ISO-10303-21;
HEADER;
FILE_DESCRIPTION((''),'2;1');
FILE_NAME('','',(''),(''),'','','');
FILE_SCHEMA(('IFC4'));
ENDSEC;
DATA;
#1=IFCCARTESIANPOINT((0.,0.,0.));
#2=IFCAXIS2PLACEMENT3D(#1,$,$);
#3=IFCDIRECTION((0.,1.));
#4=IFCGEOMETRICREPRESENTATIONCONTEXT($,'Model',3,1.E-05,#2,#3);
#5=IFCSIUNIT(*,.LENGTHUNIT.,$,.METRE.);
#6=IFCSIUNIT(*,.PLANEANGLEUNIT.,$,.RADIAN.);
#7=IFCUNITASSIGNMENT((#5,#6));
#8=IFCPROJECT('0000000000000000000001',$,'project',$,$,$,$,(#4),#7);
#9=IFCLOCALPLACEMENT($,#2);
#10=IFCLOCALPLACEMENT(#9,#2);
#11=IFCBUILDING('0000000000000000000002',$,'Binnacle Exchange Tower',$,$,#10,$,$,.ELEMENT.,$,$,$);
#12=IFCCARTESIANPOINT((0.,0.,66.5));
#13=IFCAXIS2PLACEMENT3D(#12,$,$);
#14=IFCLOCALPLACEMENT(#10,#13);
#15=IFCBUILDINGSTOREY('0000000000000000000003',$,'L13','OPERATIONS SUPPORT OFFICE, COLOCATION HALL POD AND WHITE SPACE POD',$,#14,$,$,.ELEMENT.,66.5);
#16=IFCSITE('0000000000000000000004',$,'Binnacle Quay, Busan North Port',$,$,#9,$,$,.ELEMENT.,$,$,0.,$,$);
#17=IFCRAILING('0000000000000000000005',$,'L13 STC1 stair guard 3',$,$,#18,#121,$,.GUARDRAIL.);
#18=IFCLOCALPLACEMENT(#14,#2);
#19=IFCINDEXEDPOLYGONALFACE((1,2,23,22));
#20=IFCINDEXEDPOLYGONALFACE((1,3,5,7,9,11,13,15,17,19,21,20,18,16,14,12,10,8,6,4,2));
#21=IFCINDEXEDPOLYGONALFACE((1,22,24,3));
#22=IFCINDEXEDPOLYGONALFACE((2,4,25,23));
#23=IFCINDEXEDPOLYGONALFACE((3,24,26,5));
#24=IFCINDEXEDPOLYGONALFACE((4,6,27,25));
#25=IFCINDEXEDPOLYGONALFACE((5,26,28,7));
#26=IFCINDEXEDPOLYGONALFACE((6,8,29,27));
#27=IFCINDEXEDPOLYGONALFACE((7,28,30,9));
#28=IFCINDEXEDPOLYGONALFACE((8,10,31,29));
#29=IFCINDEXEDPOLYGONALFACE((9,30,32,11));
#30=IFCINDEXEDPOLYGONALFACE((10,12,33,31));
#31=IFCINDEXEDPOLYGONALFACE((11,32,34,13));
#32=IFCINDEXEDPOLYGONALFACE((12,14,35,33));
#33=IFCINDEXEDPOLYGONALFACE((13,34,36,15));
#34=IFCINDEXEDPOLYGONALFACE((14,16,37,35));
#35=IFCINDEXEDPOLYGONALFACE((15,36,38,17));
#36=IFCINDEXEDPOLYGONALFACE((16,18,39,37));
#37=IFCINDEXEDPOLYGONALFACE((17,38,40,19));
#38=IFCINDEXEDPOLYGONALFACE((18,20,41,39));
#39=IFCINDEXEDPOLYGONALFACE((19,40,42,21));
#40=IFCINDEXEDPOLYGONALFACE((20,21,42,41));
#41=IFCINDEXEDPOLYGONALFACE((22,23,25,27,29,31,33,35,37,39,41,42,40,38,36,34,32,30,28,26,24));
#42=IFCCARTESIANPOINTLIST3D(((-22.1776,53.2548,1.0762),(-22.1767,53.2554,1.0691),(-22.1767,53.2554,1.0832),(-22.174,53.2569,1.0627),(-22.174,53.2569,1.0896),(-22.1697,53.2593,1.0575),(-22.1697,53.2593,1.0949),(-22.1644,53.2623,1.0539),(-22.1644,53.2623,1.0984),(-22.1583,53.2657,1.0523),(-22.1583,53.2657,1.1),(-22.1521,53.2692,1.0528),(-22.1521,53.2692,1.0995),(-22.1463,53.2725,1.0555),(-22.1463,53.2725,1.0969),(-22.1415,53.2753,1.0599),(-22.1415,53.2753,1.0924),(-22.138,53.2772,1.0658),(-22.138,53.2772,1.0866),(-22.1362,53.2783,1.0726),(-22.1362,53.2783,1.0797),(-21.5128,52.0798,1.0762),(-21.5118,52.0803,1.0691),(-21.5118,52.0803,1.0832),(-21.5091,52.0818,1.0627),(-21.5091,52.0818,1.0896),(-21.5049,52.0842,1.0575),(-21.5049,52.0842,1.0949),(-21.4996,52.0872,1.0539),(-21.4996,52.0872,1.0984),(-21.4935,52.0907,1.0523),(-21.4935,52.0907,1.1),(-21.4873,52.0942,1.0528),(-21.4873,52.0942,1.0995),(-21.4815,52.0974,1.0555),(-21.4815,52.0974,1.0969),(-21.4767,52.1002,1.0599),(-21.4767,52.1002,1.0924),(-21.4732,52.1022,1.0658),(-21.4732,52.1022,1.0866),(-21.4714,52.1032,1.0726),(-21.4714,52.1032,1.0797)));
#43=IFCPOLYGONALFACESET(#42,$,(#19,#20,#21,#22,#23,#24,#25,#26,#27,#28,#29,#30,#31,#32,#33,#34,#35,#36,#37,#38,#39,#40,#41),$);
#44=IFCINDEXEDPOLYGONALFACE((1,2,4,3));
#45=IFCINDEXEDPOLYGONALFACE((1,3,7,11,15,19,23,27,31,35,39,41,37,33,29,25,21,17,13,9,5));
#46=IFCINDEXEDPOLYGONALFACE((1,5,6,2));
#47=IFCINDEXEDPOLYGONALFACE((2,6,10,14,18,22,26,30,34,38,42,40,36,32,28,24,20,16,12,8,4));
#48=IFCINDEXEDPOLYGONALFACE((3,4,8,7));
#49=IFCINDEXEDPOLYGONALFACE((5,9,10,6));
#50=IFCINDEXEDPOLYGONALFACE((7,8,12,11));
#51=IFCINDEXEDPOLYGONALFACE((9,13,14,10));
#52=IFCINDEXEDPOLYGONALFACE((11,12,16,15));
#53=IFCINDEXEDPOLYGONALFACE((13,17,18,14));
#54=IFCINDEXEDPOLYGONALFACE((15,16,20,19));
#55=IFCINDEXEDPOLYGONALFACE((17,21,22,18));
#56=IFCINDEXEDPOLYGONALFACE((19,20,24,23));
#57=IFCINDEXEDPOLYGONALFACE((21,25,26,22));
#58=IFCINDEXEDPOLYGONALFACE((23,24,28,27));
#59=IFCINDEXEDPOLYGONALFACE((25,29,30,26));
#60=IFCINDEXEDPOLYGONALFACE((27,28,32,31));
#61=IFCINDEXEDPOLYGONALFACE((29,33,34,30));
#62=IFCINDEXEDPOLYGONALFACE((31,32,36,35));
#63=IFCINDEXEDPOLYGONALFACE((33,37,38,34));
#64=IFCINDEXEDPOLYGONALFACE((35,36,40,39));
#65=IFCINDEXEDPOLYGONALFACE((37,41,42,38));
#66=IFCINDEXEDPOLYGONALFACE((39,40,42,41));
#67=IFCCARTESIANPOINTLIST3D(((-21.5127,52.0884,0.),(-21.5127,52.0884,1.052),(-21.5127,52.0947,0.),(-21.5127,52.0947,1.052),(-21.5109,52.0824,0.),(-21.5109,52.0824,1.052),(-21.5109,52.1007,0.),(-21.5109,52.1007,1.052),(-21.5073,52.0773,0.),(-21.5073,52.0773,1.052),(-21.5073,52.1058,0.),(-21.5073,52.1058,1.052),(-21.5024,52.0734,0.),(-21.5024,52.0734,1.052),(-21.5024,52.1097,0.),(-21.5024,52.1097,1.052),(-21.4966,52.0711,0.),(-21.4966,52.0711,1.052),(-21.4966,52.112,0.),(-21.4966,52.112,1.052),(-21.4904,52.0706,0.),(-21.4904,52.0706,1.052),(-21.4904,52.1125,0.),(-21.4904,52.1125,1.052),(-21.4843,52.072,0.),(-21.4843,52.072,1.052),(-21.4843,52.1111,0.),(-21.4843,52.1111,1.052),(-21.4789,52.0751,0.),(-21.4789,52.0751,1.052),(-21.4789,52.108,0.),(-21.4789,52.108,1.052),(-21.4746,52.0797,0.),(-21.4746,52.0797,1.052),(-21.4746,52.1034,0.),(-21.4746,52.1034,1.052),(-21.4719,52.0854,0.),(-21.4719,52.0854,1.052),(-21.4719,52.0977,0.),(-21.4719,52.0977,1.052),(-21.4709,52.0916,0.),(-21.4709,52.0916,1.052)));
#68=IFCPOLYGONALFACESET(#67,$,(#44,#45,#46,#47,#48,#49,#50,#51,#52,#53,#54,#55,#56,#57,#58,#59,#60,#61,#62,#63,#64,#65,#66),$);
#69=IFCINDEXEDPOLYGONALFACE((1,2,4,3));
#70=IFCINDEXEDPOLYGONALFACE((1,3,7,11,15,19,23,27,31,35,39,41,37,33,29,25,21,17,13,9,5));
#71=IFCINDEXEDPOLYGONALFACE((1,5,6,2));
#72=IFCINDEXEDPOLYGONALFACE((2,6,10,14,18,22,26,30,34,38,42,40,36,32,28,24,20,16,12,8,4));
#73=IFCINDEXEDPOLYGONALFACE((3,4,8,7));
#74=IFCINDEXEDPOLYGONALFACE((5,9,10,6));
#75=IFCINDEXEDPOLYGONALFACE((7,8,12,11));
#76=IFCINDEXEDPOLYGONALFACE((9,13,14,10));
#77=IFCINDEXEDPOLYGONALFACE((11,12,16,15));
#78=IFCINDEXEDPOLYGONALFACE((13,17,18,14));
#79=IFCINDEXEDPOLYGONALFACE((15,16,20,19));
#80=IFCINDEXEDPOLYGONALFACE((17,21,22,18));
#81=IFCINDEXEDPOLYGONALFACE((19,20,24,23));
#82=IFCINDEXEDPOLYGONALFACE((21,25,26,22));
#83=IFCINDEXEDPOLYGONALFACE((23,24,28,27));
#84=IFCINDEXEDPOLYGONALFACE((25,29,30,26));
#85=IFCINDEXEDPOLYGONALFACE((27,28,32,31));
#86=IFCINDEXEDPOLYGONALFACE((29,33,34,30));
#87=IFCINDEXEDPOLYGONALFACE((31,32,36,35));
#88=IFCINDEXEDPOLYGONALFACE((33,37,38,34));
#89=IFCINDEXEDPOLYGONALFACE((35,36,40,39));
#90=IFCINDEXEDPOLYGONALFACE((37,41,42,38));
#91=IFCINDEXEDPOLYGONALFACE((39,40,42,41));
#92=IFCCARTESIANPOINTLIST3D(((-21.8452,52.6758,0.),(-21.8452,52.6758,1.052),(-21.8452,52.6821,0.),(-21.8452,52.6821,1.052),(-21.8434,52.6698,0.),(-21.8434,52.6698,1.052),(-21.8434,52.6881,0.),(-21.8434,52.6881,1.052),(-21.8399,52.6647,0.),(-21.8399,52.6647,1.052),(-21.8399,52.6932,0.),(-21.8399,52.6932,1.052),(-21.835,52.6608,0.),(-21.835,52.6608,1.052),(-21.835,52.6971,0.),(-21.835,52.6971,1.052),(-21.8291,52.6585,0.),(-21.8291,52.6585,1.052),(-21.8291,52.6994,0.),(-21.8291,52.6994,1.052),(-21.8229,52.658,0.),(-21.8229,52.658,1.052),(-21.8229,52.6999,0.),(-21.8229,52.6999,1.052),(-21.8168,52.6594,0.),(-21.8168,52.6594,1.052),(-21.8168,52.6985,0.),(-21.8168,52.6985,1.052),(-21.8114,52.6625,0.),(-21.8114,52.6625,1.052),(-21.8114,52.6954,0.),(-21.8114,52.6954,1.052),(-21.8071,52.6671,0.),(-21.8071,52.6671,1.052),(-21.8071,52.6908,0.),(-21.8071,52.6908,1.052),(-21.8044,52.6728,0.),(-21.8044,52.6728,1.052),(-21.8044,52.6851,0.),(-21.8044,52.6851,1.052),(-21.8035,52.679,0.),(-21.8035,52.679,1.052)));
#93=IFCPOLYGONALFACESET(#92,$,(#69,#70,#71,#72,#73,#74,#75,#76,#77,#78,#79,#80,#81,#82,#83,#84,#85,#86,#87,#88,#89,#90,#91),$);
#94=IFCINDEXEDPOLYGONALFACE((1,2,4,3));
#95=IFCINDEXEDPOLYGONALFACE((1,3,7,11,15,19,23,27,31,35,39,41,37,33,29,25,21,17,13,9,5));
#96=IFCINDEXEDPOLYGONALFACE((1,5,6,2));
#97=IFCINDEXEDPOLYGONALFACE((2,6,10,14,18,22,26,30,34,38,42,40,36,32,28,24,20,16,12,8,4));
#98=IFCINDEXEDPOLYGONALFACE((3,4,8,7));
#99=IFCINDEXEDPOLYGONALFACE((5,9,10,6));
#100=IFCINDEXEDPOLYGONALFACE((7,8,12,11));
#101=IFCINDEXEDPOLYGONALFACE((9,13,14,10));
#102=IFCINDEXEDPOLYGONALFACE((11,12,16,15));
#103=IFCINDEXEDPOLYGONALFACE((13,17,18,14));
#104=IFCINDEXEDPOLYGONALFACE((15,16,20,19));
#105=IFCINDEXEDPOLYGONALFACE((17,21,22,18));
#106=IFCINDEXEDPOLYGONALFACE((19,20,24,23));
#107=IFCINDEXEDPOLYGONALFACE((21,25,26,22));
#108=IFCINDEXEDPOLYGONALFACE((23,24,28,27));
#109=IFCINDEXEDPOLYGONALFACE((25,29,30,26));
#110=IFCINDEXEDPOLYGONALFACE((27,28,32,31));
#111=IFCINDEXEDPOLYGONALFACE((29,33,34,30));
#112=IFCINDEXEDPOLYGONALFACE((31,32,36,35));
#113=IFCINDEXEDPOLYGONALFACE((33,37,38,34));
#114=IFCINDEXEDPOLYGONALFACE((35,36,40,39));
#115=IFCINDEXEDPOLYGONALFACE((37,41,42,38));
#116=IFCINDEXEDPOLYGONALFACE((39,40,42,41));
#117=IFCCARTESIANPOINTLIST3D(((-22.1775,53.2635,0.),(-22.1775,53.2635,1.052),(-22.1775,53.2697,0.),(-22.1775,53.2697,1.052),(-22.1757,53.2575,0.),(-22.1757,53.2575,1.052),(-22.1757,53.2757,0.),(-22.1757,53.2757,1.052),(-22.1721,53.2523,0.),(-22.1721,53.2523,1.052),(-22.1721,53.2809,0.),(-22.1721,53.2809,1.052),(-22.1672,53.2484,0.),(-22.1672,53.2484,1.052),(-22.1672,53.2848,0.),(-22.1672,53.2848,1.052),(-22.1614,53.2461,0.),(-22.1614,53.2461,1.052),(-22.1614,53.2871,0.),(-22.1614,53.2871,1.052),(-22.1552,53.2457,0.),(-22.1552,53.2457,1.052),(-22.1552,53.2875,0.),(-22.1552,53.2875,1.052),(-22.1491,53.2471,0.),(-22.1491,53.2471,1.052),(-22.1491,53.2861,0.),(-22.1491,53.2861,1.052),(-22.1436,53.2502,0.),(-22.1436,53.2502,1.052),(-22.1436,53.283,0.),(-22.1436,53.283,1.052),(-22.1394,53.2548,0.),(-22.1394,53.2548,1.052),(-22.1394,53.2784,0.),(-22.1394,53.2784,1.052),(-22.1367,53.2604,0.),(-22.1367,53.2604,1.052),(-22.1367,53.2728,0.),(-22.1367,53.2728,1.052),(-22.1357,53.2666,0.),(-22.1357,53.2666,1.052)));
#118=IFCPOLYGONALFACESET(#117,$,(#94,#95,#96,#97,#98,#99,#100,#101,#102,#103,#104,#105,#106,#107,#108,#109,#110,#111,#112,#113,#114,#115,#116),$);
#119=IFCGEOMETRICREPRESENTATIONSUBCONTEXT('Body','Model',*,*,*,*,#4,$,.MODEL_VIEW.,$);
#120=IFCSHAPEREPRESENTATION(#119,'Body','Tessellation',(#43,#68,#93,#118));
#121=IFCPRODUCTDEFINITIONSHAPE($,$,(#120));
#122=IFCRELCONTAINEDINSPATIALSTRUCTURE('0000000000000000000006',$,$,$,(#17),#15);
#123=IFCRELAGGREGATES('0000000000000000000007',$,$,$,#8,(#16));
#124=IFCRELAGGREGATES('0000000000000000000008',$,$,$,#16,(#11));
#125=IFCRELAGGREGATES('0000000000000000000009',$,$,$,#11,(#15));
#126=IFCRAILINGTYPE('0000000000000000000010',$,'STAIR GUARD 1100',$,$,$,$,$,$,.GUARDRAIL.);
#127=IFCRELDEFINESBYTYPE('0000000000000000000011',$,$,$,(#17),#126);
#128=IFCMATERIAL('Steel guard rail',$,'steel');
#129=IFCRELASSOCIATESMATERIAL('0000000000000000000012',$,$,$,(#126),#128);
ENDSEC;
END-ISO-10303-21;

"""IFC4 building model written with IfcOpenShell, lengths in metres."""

from ifc_helpers import new_model, si_unit, direction, frame, origin, origin_2d, place, context, subcontext, project, spatial, circle, extrude, material, type_object, element, save


model = new_model("IFC4")

# Units and contexts
model_context = context("Model", 3, precision=1e-05, world=origin(), true_north=direction((0.0, 1.0)))
body_context = subcontext(model_context, "Body", "Model", "MODEL_VIEW")
ifc_project = project(units=[si_unit("LENGTHUNIT", "METRE"), si_unit("PLANEANGLEUNIT", "RADIAN")], contexts=[model_context])

# Site, building, storey
site_placement = place(None, origin())
site = spatial("IfcSite", under=ifc_project, at=site_placement, Name="Binnacle Quay, Busan North Port", CompositionType="ELEMENT", RefElevation=0.0)
building_placement = place(site_placement, origin())
building = spatial("IfcBuilding", under=site, at=building_placement, Name="Binnacle Exchange Tower", CompositionType="ELEMENT")
storey_placement = place(building_placement, frame((0.0, 0.0, 66.5)))
storey = spatial("IfcBuildingStorey", under=building, at=storey_placement, Name="L13", Description="OPERATIONS SUPPORT OFFICE, COLOCATION HALL POD AND WHITE SPACE POD", CompositionType="ELEMENT", Elevation=66.5)

# Railing
ifc_material_1 = material(Name="Steel guard rail", Category="steel")
railing_type_1 = type_object("IfcRailingType", Name="STAIR GUARD 1100", PredefinedType="GUARDRAIL", material=ifc_material_1)
railing_1_placement = place(storey_placement, frame((-21.4919, 52.0916, 0.0)))
element("IfcRailing", 1, at=railing_1_placement, inside=storey, type_object=railing_type_1, Name="L13 STC1 stair guard 3", PredefinedType="GUARDRAIL", context=body_context, shape_type="SweptSolid", body=[
    extrude(circle(Radius=0.0239, at=origin_2d()), frame((0.0, 0.0, 1.0762), z_axis=(-0.492415, 0.870361, 0.0), x_axis=(-0.870361, -0.492415, 0.0)), (0.0, 0.0, 1.0), 1.3501),
    extrude(circle(Radius=0.021, at=origin_2d()), origin(), (0.0, 0.0, 1.0), 1.052),
    extrude(circle(Radius=0.021, at=origin_2d()), frame((-0.3325, 0.5874, 0.0)), (0.0, 0.0, 1.0), 1.052),
    extrude(circle(Radius=0.021, at=origin_2d()), frame((-0.6648, 1.175, 0.0)), (0.0, 0.0, 1.0), 1.052),
])

save(model, "model.ifc")
